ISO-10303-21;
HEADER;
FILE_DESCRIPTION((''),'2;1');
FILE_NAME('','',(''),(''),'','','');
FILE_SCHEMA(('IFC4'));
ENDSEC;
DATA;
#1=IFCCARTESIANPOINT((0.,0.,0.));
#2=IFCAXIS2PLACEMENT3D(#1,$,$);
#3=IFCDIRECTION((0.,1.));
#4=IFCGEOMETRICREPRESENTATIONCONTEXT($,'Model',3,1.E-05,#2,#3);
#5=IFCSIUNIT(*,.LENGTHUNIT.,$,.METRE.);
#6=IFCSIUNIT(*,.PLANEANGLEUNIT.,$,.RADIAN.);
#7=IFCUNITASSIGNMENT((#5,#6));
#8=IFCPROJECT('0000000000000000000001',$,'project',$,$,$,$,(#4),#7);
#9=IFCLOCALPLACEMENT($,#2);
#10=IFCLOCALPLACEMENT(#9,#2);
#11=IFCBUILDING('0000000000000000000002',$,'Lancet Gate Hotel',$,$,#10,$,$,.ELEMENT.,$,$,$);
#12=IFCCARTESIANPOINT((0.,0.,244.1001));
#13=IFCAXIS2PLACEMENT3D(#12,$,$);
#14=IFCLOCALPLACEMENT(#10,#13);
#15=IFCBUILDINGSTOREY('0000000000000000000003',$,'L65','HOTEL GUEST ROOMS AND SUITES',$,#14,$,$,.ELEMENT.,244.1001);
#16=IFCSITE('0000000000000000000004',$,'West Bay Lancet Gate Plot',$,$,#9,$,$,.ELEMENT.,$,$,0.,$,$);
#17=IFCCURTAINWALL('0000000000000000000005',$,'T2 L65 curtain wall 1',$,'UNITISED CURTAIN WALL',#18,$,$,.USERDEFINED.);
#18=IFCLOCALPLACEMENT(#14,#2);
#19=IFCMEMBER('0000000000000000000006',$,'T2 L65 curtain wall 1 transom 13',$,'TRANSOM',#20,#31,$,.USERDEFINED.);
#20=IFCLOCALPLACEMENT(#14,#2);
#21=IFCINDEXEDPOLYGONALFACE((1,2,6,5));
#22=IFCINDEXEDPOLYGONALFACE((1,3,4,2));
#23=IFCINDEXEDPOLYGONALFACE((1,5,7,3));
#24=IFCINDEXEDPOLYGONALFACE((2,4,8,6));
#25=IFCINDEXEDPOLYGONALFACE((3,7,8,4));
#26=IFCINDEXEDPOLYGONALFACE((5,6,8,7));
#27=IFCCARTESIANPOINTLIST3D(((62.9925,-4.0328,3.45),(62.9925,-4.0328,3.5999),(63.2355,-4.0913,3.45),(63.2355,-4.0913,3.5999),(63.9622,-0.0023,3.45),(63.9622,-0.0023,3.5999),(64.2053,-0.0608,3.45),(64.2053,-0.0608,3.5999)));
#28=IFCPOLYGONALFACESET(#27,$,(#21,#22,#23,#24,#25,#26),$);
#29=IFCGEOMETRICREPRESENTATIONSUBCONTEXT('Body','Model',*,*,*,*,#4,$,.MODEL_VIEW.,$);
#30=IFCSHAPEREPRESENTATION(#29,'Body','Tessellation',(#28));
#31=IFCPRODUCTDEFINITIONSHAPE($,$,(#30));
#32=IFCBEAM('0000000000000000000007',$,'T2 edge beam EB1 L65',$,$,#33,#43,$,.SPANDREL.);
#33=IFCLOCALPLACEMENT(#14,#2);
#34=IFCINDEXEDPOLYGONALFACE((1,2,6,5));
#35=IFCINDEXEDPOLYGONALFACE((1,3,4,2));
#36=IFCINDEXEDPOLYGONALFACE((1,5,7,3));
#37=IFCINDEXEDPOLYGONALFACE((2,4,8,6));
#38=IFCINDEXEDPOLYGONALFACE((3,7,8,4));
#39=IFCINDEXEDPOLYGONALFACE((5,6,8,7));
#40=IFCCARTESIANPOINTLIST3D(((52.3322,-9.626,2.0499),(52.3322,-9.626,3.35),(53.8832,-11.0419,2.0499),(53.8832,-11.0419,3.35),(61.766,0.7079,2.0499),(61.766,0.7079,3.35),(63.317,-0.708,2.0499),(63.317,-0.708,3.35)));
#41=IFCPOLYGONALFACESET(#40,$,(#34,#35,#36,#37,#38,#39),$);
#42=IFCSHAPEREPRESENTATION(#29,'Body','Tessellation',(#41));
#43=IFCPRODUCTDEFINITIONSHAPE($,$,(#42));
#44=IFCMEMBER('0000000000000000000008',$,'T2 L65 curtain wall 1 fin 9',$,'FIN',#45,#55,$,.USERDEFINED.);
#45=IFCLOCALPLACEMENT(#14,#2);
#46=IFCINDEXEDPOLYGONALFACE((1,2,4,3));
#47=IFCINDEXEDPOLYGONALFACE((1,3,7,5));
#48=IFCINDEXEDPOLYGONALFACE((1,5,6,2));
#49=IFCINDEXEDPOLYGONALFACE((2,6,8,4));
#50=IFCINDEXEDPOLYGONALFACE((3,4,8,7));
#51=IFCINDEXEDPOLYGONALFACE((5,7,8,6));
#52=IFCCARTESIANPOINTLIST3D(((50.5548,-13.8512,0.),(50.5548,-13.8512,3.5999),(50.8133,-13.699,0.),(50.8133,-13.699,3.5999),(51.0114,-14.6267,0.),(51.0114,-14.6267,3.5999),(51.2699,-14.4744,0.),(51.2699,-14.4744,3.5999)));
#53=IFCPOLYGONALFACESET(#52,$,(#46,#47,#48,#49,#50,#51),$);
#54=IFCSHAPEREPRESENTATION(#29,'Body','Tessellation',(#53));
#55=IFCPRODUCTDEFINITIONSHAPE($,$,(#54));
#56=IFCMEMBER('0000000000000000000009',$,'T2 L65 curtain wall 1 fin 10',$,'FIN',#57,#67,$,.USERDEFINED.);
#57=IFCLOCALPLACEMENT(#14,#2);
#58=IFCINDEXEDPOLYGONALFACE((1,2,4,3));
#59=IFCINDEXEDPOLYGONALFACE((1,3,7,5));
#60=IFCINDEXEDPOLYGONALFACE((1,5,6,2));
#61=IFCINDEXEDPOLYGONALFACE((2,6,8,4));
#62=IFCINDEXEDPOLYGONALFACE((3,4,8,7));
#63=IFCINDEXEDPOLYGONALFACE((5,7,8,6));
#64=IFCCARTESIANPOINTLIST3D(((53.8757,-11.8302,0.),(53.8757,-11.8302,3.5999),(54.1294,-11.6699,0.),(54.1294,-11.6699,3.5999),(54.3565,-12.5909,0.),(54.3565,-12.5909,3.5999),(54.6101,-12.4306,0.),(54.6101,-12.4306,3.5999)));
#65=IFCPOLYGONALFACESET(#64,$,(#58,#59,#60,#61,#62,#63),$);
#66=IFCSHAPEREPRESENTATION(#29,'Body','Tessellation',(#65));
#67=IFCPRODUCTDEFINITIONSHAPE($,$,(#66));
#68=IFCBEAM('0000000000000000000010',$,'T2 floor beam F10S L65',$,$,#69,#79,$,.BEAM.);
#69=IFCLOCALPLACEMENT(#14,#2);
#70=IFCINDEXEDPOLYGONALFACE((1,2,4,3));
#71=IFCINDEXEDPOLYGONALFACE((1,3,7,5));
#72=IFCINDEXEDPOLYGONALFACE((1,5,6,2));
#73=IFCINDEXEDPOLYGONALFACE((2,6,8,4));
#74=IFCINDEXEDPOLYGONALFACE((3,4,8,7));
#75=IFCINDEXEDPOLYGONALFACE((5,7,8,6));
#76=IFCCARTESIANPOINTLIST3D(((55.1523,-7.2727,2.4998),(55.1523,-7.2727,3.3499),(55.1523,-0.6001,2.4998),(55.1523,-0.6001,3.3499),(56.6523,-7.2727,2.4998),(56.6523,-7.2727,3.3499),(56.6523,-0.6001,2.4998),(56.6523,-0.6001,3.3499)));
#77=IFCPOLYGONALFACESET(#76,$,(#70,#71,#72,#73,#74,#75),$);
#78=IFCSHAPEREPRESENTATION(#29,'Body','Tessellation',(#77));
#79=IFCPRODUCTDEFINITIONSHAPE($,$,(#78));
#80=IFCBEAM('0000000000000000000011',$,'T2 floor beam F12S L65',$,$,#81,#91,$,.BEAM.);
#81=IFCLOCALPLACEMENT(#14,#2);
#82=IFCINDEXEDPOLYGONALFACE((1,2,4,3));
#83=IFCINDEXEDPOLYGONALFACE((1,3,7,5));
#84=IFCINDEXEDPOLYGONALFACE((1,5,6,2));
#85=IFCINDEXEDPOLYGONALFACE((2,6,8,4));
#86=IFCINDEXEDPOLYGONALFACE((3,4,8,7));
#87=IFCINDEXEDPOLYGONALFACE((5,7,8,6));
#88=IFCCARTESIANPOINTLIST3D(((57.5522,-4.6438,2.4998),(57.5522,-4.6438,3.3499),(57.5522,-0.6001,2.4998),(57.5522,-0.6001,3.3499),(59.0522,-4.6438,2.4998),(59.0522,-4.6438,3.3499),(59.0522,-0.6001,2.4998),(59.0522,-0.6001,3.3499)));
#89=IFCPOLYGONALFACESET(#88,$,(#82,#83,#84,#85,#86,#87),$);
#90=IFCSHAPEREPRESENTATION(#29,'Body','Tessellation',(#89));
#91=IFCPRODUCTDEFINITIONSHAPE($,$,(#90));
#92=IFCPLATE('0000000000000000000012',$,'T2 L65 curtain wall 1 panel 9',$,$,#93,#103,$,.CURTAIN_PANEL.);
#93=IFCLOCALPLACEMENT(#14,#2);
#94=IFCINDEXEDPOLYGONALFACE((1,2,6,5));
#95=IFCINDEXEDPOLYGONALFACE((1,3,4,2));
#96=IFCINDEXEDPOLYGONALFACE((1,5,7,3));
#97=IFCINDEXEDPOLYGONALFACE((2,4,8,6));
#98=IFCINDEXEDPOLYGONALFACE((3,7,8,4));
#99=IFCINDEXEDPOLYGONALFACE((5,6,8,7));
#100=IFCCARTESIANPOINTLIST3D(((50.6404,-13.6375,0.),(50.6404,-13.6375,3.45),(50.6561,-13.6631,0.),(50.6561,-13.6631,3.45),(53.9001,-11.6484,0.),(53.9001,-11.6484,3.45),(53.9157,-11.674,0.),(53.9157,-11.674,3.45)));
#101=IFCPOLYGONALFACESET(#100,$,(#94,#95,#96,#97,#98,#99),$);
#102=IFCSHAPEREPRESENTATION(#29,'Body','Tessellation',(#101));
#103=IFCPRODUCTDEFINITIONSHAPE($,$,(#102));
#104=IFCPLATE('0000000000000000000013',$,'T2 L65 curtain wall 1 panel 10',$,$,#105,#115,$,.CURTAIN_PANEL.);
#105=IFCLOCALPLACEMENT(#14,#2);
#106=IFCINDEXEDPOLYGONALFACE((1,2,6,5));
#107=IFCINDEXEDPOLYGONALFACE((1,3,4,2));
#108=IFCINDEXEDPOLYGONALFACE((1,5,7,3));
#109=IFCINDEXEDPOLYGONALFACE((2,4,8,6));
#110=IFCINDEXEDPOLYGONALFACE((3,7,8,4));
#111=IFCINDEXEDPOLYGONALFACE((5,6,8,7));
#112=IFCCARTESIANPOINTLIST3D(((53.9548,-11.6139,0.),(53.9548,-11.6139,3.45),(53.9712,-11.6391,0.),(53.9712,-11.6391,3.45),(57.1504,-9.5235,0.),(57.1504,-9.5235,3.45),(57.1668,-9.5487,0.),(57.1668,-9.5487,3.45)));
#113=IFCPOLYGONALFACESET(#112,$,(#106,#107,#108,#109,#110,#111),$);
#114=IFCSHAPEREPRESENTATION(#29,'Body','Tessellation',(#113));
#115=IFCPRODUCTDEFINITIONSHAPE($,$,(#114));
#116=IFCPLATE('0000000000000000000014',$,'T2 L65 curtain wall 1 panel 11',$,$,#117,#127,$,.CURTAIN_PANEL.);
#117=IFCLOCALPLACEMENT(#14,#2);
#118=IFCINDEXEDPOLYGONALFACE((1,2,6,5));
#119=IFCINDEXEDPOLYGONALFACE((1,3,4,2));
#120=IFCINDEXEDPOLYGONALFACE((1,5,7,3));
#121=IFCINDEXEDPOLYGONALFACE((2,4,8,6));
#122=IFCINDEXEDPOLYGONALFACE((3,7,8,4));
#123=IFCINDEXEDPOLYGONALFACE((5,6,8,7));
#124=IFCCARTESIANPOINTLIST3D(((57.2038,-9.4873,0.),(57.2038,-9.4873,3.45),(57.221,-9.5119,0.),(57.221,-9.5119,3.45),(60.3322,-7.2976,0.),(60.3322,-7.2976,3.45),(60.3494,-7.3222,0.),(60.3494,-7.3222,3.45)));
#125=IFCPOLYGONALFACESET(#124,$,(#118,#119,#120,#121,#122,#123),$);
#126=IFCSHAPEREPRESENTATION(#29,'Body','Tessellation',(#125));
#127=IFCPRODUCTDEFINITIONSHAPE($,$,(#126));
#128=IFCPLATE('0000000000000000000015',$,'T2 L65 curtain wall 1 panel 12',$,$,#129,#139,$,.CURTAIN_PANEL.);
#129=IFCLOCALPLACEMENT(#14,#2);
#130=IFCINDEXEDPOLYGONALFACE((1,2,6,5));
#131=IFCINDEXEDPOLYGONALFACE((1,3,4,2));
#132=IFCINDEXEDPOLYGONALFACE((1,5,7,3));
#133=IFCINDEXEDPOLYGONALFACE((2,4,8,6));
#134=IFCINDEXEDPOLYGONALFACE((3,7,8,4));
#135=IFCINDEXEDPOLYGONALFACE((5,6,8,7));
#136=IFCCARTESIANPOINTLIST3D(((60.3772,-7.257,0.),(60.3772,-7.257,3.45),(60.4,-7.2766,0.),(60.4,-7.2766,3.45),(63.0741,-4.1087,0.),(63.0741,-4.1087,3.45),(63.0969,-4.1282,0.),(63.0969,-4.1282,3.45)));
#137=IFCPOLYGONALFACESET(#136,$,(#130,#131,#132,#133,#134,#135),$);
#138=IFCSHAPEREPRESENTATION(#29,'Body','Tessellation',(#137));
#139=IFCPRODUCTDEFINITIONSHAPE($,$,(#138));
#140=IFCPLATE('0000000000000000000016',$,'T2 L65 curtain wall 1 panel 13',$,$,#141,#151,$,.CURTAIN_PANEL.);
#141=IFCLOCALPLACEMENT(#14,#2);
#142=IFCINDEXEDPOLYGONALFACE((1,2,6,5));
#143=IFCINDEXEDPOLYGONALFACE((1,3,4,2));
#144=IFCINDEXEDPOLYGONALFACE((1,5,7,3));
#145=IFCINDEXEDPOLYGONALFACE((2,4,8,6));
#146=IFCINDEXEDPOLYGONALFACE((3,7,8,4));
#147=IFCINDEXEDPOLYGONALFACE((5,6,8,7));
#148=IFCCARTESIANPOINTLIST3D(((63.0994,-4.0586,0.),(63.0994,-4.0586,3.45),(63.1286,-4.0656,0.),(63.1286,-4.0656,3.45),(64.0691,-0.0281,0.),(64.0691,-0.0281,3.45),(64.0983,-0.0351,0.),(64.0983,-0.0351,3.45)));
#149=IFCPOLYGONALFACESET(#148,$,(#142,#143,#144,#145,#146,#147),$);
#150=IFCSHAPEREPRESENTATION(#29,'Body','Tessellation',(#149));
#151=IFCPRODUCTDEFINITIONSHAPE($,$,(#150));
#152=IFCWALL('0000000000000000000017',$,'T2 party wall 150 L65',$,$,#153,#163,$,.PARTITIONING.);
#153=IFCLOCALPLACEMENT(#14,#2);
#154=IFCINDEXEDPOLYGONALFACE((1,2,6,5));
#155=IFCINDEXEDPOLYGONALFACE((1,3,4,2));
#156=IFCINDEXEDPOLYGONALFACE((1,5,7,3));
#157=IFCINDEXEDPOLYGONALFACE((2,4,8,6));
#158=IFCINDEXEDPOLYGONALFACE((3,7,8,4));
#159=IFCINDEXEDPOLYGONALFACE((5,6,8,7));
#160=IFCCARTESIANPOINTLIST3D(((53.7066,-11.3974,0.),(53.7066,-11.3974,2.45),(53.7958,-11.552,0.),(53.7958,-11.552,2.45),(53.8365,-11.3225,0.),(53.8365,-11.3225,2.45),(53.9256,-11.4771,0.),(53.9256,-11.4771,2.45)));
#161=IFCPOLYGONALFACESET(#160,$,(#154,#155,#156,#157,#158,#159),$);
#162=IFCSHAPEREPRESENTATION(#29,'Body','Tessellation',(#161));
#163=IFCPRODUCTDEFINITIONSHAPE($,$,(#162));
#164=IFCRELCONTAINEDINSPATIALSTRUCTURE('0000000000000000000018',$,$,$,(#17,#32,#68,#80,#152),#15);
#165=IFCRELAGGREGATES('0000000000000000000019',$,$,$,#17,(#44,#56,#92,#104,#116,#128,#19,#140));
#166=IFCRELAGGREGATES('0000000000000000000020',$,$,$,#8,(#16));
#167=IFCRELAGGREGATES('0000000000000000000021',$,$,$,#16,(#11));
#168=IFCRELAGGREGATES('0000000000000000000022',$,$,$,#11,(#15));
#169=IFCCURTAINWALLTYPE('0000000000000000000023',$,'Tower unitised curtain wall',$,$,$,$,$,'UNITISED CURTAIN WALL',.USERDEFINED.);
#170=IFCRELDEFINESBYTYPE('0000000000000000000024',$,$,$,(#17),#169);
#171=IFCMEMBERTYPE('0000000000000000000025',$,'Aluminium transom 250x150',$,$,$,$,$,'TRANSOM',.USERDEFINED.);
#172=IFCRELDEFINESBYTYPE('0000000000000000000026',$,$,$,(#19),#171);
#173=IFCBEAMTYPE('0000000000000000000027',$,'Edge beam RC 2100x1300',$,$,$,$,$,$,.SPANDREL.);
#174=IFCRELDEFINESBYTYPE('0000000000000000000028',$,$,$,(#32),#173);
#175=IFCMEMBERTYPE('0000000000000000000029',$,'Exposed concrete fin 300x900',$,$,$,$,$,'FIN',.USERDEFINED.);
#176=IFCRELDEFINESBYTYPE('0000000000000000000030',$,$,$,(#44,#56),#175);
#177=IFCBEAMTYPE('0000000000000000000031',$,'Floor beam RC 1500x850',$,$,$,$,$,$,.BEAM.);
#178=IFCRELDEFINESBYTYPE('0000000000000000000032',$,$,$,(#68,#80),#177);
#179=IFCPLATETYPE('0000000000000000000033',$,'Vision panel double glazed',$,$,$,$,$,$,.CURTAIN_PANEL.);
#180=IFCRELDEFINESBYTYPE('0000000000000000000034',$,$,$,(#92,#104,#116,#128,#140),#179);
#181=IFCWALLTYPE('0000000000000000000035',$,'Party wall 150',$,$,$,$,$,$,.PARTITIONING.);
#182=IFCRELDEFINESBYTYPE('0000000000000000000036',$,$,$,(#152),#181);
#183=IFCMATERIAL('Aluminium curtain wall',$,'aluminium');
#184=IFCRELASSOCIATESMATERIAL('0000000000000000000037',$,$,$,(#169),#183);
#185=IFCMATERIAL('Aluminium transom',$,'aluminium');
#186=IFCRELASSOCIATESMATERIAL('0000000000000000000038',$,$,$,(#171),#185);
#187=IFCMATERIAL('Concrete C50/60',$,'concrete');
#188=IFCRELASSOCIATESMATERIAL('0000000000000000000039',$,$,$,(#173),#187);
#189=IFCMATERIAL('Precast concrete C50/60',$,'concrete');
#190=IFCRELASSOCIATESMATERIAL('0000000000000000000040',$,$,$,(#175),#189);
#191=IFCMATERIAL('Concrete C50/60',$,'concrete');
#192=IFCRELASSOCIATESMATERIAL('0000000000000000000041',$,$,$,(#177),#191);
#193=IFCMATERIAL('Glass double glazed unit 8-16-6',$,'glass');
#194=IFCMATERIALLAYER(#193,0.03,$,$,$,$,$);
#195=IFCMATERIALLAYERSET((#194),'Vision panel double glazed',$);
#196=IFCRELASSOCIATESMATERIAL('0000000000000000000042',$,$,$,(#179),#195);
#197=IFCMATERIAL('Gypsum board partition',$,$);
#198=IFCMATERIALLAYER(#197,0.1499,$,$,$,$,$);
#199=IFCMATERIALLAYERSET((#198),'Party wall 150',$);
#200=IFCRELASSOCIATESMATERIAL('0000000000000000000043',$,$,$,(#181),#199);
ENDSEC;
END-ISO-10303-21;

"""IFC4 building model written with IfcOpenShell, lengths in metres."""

from ifc_helpers import new_model, si_unit, direction, frame, frame_2d, origin, origin_2d, place, context, subcontext, project, spatial, rectangle, extrude, material, layer, layer_set, material_profile, profile_set, type_object, element, aggregate, save


model = new_model("IFC4")

# Units and contexts
model_context = context("Model", 3, precision=1e-05, world=origin(), true_north=direction((0.0, 1.0)))
body_context = subcontext(model_context, "Body", "Model", "MODEL_VIEW")
ifc_project = project(units=[si_unit("LENGTHUNIT", "METRE"), si_unit("PLANEANGLEUNIT", "RADIAN")], contexts=[model_context])

# Site, building, storey
site_placement = place(None, origin())
site = spatial("IfcSite", under=ifc_project, at=site_placement, Name="West Bay Lancet Gate Plot", CompositionType="ELEMENT", RefElevation=0.0)
building_placement = place(site_placement, origin())
building = spatial("IfcBuilding", under=site, at=building_placement, Name="Lancet Gate Hotel", CompositionType="ELEMENT")
storey_placement = place(building_placement, frame((0.0, 0.0, 244.1001)))
storey = spatial("IfcBuildingStorey", under=building, at=storey_placement, Name="L65", Description="HOTEL GUEST ROOMS AND SUITES", CompositionType="ELEMENT", Elevation=244.1001)

# Curtain wall, member
ifc_material_1 = material(Name="Aluminium curtain wall", Category="aluminium")
curtain_wall_type = type_object("IfcCurtainWallType", Name="Tower unitised curtain wall", ElementType="UNITISED CURTAIN WALL", PredefinedType="USERDEFINED", material=ifc_material_1)
curtain_wall_placement = place(storey_placement, origin())
curtain_wall = element("IfcCurtainWall", 1, at=curtain_wall_placement, inside=storey, type_object=curtain_wall_type, Name="T2 L65 curtain wall 1", ObjectType="UNITISED CURTAIN WALL", PredefinedType="USERDEFINED")
ifc_material_2 = material(Name="Aluminium transom", Category="aluminium")
ifc_material_profile_1 = material_profile(ifc_material_2, rectangle(XDim=0.25, YDim=0.1499, at=origin_2d()), Name="TRANSOM 250x150")
ifc_profile_set_1 = profile_set([ifc_material_profile_1], Name="Aluminium transom")
member_type_1 = type_object("IfcMemberType", Name="Aluminium transom 250x150", ElementType="TRANSOM", PredefinedType="USERDEFINED", material=ifc_profile_set_1)
member_1_placement = place(storey_placement, frame((63.114, -4.062, 3.5249), z_axis=(0.233921, 0.972256, 0.0), x_axis=(-0.972256, 0.233921, 0.0)))
member_1 = element("IfcMember", 2, at=member_1_placement, type_object=member_type_1, Name="T2 L65 curtain wall 1 transom 13", ObjectType="TRANSOM", PredefinedType="USERDEFINED", context=body_context, shape_type="SweptSolid", body=[
    extrude(rectangle(XDim=0.25, YDim=0.1499, at=origin_2d()), origin(), (0.0, 0.0, 1.0), 4.1455),
])

# Beam
ifc_material_3 = material(Name="Concrete C50/60", Category="concrete")
ifc_material_profile_2 = material_profile(ifc_material_3, rectangle(XDim=2.1001, YDim=1.3, at=origin_2d()), Name="RC 2100x1300")
ifc_profile_set_2 = profile_set([ifc_material_profile_2], Name="Concrete C50/60")
beam_type_1 = type_object("IfcBeamType", Name="Edge beam RC 2100x1300", PredefinedType="SPANDREL", material=ifc_profile_set_2)
beam_1_placement = place(storey_placement, frame((53.1077, -10.334, 2.7), z_axis=(0.674209, 0.73854, 0.0), x_axis=(-0.73854, 0.674209, 0.0)))
element("IfcBeam", 3, at=beam_1_placement, inside=storey, type_object=beam_type_1, Name="T2 edge beam EB1 L65", PredefinedType="SPANDREL", context=body_context, shape_type="SweptSolid", body=[
    extrude(rectangle(XDim=2.1001, YDim=1.3, at=origin_2d()), origin(), (0.0, 0.0, 1.0), 13.9924),
])

# Members
ifc_material_4 = material(Name="Precast concrete C50/60", Category="concrete")
ifc_material_profile_3 = material_profile(ifc_material_4, rectangle(XDim=0.3, YDim=0.8999, at=origin_2d()), Name="FIN 300x900")
ifc_profile_set_3 = profile_set([ifc_material_profile_3], Name="Precast concrete C50/60")
member_type_2 = type_object("IfcMemberType", Name="Exposed concrete fin 300x900", ElementType="FIN", PredefinedType="USERDEFINED", material=ifc_profile_set_3)
member_2_placement = place(storey_placement, frame((50.9124, -14.1628, 0.0), z_axis=(0.0, 0.0, 1.0), x_axis=(0.861692, 0.507432, 0.0)))
member_2 = element("IfcMember", 4, at=member_2_placement, type_object=member_type_2, Name="T2 L65 curtain wall 1 fin 9", ObjectType="FIN", PredefinedType="USERDEFINED", context=body_context, shape_type="SweptSolid", body=[
    extrude(rectangle(XDim=0.3, YDim=0.8999, at=origin_2d()), origin(), (0.0, 0.0, 1.0), 3.5999),
])
member_3_placement = place(storey_placement, frame((54.2429, -12.1304, 0.0), z_axis=(0.0, 0.0, 1.0), x_axis=(0.84534, 0.534229, 0.0)))
member_3 = element("IfcMember", 5, at=member_3_placement, type_object=member_type_2, Name="T2 L65 curtain wall 1 fin 10", ObjectType="FIN", PredefinedType="USERDEFINED", context=body_context, shape_type="SweptSolid", body=[
    extrude(rectangle(XDim=0.3, YDim=0.8999, at=origin_2d()), origin(), (0.0, 0.0, 1.0), 3.5999),
])

# Beams
ifc_material_5 = material(Name="Concrete C50/60", Category="concrete")
ifc_material_profile_4 = material_profile(ifc_material_5, rectangle(XDim=1.5, YDim=0.8501, at=origin_2d()), Name="RC 1500x850")
ifc_profile_set_4 = profile_set([ifc_material_profile_4], Name="Concrete C50/60")
beam_type_2 = type_object("IfcBeamType", Name="Floor beam RC 1500x850", PredefinedType="BEAM", material=ifc_profile_set_4)
beam_2_placement = place(storey_placement, frame((55.9023, -7.2727, 2.9248), z_axis=(0.0, 1.0, 0.0), x_axis=(-1.0, 0.0, 0.0)))
element("IfcBeam", 6, at=beam_2_placement, inside=storey, type_object=beam_type_2, Name="T2 floor beam F10S L65", PredefinedType="BEAM", context=body_context, shape_type="SweptSolid", body=[
    extrude(rectangle(XDim=1.5, YDim=0.8501, at=origin_2d()), origin(), (0.0, 0.0, 1.0), 6.6726),
])
beam_3_placement = place(storey_placement, frame((58.3022, -4.6438, 2.9248), z_axis=(0.0, 1.0, 0.0), x_axis=(-1.0, 0.0, 0.0)))
element("IfcBeam", 7, at=beam_3_placement, inside=storey, type_object=beam_type_2, Name="T2 floor beam F12S L65", PredefinedType="BEAM", context=body_context, shape_type="SweptSolid", body=[
    extrude(rectangle(XDim=1.5, YDim=0.8501, at=origin_2d()), origin(), (0.0, 0.0, 1.0), 4.0437),
])

# Plates
ifc_material_6 = material(Name="Glass double glazed unit 8-16-6", Category="glass")
ifc_layer_1 = layer(ifc_material_6, 0.03)
ifc_layer_set_1 = layer_set([ifc_layer_1], Name="Vision panel double glazed")
plate_type = type_object("IfcPlateType", Name="Vision panel double glazed", PredefinedType="CURTAIN_PANEL", material=ifc_layer_set_1)
plate_1_placement = place(storey_placement, frame((52.2781, -12.6558, 0.0), z_axis=(0.0, 0.0, 1.0), x_axis=(0.853621, 0.520895, 0.0)))
plate_1 = element("IfcPlate", 8, at=plate_1_placement, type_object=plate_type, Name="T2 L65 curtain wall 1 panel 9", PredefinedType="CURTAIN_PANEL", context=body_context, shape_type="SweptSolid", body=[
    extrude(rectangle(XDim=3.8186, YDim=0.03, at=origin_2d()), origin(), (0.0, 0.0, 1.0), 3.45),
])
plate_2_placement = place(storey_placement, frame((55.5608, -10.5813, 0.0), z_axis=(0.0, 0.0, 1.0), x_axis=(0.83685, 0.547432, 0.0)))
plate_2 = element("IfcPlate", 9, at=plate_2_placement, type_object=plate_type, Name="T2 L65 curtain wall 1 panel 10", PredefinedType="CURTAIN_PANEL", context=body_context, shape_type="SweptSolid", body=[
    extrude(rectangle(XDim=3.8186, YDim=0.03, at=origin_2d()), origin(), (0.0, 0.0, 1.0), 3.45),
])
plate_3_placement = place(storey_placement, frame((58.7766, -8.4048, 0.0), z_axis=(0.0, 0.0, 1.0), x_axis=(0.819255, 0.573429, 0.0)))
plate_3 = element("IfcPlate", 10, at=plate_3_placement, type_object=plate_type, Name="T2 L65 curtain wall 1 panel 11", PredefinedType="CURTAIN_PANEL", context=body_context, shape_type="SweptSolid", body=[
    extrude(rectangle(XDim=3.8186, YDim=0.03, at=origin_2d()), origin(), (0.0, 0.0, 1.0), 3.45),
])
plate_4_placement = place(storey_placement, frame((61.7371, -5.6926, 0.0), z_axis=(0.0, 0.0, 1.0), x_axis=(0.650552, 0.759462, 0.0)))
plate_4 = element("IfcPlate", 11, at=plate_4_placement, type_object=plate_type, Name="T2 L65 curtain wall 1 panel 12", PredefinedType="CURTAIN_PANEL", context=body_context, shape_type="SweptSolid", body=[
    extrude(rectangle(XDim=4.1455, YDim=0.03, at=origin_2d()), origin(), (0.0, 0.0, 1.0), 3.45),
])
plate_5_placement = place(storey_placement, frame((63.5989, -2.0469, 0.0), z_axis=(0.0, 0.0, 1.0), x_axis=(0.233916, 0.972257, 0.0)))
plate_5 = element("IfcPlate", 12, at=plate_5_placement, type_object=plate_type, Name="T2 L65 curtain wall 1 panel 13", PredefinedType="CURTAIN_PANEL", context=body_context, shape_type="SweptSolid", body=[
    extrude(rectangle(XDim=4.1455, YDim=0.03, at=origin_2d()), origin(), (0.0, 0.0, 1.0), 3.45),
])
aggregate(curtain_wall, [member_2, member_3, plate_1, plate_2, plate_3, plate_4, member_1, plate_5])

# Wall
ifc_material_7 = material(Name="Gypsum board partition")
ifc_layer_2 = layer(ifc_material_7, 0.1499)
ifc_layer_set_2 = layer_set([ifc_layer_2], Name="Party wall 150")
wall_type = type_object("IfcWallType", Name="Party wall 150", PredefinedType="PARTITIONING", material=ifc_layer_set_2)
wall_placement = place(storey_placement, frame((53.7715, -11.3599, 0.0), z_axis=(0.0, 0.0, 1.0), x_axis=(0.499525, -0.866299, 0.0)))
element("IfcWall", 13, at=wall_placement, inside=storey, type_object=wall_type, Name="T2 party wall 150 L65", PredefinedType="PARTITIONING", context=body_context, shape_type="SweptSolid", body=[
    extrude(rectangle(XDim=0.1785, YDim=0.1499, at=frame_2d((0.0894, 0.0))), origin(), (0.0, 0.0, 1.0), 2.45),
])

save(model, "model.ifc")
